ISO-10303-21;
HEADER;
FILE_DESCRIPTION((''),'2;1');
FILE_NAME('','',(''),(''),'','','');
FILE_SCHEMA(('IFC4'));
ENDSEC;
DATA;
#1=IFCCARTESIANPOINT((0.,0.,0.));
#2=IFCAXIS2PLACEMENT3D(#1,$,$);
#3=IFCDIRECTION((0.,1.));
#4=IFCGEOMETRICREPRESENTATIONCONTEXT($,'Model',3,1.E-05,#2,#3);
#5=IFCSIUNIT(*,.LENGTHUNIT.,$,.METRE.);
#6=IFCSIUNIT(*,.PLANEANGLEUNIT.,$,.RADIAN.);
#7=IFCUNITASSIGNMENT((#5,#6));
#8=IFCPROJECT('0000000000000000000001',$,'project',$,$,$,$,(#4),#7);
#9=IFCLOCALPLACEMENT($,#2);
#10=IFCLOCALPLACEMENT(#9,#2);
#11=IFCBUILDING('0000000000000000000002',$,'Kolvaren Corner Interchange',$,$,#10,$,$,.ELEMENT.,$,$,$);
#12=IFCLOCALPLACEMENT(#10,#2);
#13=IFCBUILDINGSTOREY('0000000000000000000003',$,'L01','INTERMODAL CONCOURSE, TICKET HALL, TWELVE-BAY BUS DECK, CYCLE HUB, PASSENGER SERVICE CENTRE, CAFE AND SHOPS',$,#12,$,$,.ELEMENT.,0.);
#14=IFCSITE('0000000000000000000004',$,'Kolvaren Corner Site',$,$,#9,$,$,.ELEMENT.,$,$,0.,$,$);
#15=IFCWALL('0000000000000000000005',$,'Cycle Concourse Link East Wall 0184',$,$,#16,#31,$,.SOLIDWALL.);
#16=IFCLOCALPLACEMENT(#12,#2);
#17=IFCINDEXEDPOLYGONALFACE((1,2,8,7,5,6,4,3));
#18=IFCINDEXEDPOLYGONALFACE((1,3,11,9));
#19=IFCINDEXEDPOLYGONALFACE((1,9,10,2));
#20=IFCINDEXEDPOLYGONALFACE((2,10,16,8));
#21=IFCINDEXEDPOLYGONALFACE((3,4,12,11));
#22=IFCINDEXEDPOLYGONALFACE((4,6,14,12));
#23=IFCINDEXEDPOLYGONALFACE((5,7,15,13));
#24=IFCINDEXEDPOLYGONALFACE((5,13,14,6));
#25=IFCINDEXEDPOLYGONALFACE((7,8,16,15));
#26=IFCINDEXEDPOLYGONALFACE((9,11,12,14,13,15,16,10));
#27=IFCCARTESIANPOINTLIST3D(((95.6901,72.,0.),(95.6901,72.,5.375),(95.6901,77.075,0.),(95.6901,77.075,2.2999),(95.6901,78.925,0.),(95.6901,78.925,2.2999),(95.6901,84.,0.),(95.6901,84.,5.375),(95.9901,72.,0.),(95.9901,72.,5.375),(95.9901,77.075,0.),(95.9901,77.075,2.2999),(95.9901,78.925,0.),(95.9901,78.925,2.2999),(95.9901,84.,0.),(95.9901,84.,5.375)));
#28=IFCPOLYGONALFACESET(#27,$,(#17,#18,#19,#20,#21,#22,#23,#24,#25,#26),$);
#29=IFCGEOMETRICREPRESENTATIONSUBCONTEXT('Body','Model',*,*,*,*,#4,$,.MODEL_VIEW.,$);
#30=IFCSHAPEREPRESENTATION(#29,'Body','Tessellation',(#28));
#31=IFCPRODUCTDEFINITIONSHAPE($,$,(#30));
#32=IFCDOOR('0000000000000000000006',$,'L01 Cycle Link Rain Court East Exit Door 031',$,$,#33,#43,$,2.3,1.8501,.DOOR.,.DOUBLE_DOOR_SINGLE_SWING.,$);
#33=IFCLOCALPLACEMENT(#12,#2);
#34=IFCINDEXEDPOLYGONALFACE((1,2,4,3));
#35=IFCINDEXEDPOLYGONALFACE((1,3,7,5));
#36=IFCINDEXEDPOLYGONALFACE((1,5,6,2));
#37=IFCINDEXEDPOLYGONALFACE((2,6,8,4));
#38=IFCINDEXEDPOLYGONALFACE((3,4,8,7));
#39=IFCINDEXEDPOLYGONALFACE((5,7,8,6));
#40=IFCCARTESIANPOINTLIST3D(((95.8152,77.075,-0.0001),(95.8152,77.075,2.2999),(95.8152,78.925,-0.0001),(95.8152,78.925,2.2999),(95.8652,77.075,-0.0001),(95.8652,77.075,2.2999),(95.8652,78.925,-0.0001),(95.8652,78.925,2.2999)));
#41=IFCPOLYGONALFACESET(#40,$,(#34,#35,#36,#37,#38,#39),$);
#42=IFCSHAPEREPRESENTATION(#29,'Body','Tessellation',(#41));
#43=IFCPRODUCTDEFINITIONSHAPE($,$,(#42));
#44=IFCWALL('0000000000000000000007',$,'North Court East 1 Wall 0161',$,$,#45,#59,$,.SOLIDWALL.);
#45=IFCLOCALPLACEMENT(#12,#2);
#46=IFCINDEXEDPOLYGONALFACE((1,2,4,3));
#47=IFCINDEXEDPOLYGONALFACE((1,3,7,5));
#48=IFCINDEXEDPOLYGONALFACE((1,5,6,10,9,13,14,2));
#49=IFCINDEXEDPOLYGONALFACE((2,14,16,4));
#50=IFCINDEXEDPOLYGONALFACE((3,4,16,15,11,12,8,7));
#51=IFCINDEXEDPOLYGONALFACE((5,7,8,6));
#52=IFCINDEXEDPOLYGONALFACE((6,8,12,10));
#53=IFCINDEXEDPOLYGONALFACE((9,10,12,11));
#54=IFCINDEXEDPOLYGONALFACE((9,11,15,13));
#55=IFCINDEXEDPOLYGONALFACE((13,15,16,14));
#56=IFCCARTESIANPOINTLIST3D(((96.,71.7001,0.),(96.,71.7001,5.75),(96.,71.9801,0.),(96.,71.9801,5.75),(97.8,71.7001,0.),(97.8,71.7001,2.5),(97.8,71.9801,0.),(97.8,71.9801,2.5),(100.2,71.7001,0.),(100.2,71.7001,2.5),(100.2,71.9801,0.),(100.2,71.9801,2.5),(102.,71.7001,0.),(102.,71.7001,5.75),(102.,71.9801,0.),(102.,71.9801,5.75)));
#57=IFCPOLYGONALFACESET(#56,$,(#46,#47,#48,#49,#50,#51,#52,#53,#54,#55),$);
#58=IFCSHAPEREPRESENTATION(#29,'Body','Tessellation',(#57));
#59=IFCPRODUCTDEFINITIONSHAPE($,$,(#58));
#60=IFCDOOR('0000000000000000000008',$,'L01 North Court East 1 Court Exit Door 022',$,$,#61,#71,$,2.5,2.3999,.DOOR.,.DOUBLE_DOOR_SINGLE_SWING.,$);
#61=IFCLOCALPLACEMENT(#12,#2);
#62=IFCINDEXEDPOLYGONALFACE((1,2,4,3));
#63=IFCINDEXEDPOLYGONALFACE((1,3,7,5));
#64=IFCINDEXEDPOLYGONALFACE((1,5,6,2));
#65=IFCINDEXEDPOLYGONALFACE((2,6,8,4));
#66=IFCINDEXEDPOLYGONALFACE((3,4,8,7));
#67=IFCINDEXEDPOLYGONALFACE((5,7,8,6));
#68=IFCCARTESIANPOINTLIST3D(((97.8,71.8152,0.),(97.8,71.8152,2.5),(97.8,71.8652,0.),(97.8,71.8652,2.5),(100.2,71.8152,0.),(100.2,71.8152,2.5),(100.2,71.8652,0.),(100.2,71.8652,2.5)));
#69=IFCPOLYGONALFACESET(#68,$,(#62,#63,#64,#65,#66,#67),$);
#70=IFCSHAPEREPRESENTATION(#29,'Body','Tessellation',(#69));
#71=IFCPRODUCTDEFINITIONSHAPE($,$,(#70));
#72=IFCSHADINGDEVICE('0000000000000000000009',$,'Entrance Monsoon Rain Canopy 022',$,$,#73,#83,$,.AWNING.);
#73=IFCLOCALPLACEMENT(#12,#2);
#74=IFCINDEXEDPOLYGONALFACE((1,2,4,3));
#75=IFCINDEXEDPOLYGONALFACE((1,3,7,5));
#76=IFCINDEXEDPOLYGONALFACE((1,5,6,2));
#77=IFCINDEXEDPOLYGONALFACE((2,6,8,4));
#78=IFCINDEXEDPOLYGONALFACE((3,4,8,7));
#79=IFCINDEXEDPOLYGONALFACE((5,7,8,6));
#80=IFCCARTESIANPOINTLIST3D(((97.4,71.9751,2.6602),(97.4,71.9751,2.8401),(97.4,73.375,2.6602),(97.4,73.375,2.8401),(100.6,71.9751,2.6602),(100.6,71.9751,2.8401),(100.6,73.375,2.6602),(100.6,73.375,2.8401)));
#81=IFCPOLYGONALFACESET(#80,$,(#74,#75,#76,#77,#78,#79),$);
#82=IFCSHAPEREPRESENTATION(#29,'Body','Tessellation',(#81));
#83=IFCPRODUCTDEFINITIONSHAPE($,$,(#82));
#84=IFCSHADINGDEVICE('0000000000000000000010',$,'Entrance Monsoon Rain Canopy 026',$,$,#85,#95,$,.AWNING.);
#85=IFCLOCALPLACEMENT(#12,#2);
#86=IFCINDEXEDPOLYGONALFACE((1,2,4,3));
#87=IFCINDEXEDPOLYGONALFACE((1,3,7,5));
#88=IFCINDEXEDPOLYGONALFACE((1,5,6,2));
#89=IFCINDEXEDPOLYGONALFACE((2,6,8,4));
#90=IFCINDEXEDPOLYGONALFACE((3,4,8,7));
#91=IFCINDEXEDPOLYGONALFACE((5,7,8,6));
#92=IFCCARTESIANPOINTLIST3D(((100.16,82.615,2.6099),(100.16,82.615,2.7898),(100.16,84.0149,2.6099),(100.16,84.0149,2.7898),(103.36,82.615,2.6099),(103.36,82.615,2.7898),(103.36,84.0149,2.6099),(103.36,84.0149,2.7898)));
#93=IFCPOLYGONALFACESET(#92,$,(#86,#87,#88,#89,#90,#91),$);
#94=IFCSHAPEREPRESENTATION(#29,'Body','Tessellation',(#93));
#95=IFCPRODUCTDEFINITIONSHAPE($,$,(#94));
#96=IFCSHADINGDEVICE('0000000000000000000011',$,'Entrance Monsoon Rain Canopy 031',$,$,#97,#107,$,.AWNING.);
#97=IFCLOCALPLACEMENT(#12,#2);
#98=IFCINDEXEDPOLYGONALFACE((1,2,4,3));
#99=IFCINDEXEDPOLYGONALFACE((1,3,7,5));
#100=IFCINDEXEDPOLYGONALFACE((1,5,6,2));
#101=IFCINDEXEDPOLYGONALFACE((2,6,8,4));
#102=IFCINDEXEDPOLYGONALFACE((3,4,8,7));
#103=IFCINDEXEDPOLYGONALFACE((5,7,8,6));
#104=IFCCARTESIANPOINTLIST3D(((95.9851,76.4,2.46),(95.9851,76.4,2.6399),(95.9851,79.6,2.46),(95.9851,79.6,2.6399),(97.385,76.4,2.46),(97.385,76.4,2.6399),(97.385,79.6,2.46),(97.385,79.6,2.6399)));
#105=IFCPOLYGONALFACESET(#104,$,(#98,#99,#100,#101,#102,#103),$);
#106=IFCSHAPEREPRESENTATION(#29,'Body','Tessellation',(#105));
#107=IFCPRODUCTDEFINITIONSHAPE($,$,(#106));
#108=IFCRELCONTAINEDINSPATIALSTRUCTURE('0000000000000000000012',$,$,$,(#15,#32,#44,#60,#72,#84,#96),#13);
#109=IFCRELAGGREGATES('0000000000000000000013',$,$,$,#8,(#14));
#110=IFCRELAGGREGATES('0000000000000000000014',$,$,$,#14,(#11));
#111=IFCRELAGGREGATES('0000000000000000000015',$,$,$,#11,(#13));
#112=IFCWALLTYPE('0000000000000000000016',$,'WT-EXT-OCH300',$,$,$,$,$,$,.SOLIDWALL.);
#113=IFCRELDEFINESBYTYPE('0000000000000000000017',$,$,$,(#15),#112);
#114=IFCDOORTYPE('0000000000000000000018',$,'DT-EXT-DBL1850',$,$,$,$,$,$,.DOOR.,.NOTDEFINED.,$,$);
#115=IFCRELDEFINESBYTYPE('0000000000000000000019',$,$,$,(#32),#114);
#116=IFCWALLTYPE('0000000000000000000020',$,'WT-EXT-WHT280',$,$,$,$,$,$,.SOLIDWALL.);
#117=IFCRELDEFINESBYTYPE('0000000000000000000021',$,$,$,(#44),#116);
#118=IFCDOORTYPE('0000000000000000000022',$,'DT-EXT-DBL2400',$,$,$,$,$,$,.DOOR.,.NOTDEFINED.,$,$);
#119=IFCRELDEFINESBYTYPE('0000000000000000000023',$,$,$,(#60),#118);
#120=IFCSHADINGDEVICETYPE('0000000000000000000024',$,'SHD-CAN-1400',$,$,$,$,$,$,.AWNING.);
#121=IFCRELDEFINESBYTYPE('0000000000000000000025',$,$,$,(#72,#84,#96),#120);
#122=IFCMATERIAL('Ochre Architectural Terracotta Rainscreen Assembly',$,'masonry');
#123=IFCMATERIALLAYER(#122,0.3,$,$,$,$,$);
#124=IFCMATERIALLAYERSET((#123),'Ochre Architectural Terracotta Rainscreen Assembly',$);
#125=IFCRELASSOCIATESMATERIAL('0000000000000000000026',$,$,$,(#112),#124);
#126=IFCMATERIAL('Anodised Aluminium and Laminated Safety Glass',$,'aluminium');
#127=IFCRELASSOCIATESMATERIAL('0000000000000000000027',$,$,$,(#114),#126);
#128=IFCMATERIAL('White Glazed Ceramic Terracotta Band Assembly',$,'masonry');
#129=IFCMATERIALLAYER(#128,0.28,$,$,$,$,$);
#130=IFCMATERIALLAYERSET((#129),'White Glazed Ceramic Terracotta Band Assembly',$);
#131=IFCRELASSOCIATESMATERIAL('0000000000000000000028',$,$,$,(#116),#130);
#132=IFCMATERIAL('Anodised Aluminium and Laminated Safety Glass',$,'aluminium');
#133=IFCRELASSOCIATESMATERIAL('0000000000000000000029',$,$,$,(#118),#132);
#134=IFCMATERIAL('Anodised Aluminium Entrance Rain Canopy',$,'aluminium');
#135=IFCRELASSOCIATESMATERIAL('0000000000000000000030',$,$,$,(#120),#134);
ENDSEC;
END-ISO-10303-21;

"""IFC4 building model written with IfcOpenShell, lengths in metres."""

from ifc_helpers import new_model, si_unit, direction, frame, frame_2d, origin, origin_2d, place, context, subcontext, project, spatial, rectangle, extrude, material, layer, layer_set, type_object, element, fill, save


model = new_model("IFC4")

# Units and contexts
model_context = context("Model", 3, precision=1e-05, world=origin(), true_north=direction((0.0, 1.0)))
body_context = subcontext(model_context, "Body", "Model", "MODEL_VIEW")
ifc_project = project(units=[si_unit("LENGTHUNIT", "METRE"), si_unit("PLANEANGLEUNIT", "RADIAN")], contexts=[model_context])

# Site, building, storey
site_placement = place(None, origin())
site = spatial("IfcSite", under=ifc_project, at=site_placement, Name="Kolvaren Corner Site", CompositionType="ELEMENT", RefElevation=0.0)
building_placement = place(site_placement, origin())
building = spatial("IfcBuilding", under=site, at=building_placement, Name="Kolvaren Corner Interchange", CompositionType="ELEMENT")
storey_placement = place(building_placement, origin())
storey = spatial("IfcBuildingStorey", under=building, at=storey_placement, Name="L01", Description="INTERMODAL CONCOURSE, TICKET HALL, TWELVE-BAY BUS DECK, CYCLE HUB, PASSENGER SERVICE CENTRE, CAFE AND SHOPS", CompositionType="ELEMENT", Elevation=0.0)

# Shared definitions
ifc_material_1 = material(Name="Ochre Architectural Terracotta Rainscreen Assembly", Category="masonry")
ifc_layer_1 = layer(ifc_material_1, 0.3)
ifc_layer_set_1 = layer_set([ifc_layer_1], Name="Ochre Architectural Terracotta Rainscreen Assembly")
wall_type_1 = type_object("IfcWallType", Name="WT-EXT-OCH300", PredefinedType="SOLIDWALL", material=ifc_layer_set_1)

# Walls, openings, doors
wall_1_placement = place(storey_placement, frame((95.8401, 72.0, 0.0), z_axis=(0.0, 0.0, 1.0), x_axis=(0.0, 1.0, 0.0)))
wall_1 = element("IfcWall", 1, at=wall_1_placement, inside=storey, type_object=wall_type_1, Name="Cycle Concourse Link East Wall 0184", PredefinedType="SOLIDWALL", context=body_context, shape_type="SweptSolid", body=[
    extrude(rectangle(XDim=12.0, YDim=0.3, at=frame_2d((6.0, 0.0))), origin(), (0.0, 0.0, 1.0), 5.375),
])
opening_1_placement = place(wall_1_placement, frame((5.075, 0.0, 0.0)))
opening_1 = element("IfcOpeningElement", 2, at=opening_1_placement, cuts=wall_1, PredefinedType="OPENING", context=body_context, shape_type="SweptSolid", body=[
    extrude(rectangle(XDim=1.8501, YDim=2.3, at=frame_2d((0.925, 1.1499))), frame((0.0, 0.1599, 0.0), z_axis=(0.0, -1.0, 0.0), x_axis=(1.0, 0.0, 0.0)), (0.0, 0.0, 1.0), 0.3201),
])
ifc_material_2 = material(Name="Anodised Aluminium and Laminated Safety Glass", Category="aluminium")
door_type_1 = type_object("IfcDoorType", Name="DT-EXT-DBL1850", OperationType="NOTDEFINED", PredefinedType="DOOR", material=ifc_material_2)
door_1_placement = place(opening_1_placement, origin())
door_1 = element("IfcDoor", 3, at=door_1_placement, inside=storey, type_object=door_type_1, Name="L01 Cycle Link Rain Court East Exit Door 031", OperationType="DOUBLE_DOOR_SINGLE_SWING", OverallHeight=2.3, OverallWidth=1.8501, PredefinedType="DOOR", context=body_context, shape_type="SweptSolid", body=[
    extrude(rectangle(XDim=1.8501, YDim=2.3, at=frame_2d((0.925, 1.1499))), frame((0.0, 0.0249, 0.0), z_axis=(0.0, -1.0, 0.0), x_axis=(1.0, 0.0, 0.0)), (0.0, 0.0, 1.0), 0.05),
])
fill(opening_1, door_1)
ifc_material_3 = material(Name="White Glazed Ceramic Terracotta Band Assembly", Category="masonry")
ifc_layer_2 = layer(ifc_material_3, 0.28)
ifc_layer_set_2 = layer_set([ifc_layer_2], Name="White Glazed Ceramic Terracotta Band Assembly")
wall_type_2 = type_object("IfcWallType", Name="WT-EXT-WHT280", PredefinedType="SOLIDWALL", material=ifc_layer_set_2)
wall_2_placement = place(storey_placement, frame((102.0, 71.8401, 0.0), z_axis=(0.0, 0.0, 1.0), x_axis=(-1.0, 0.0, 0.0)))
wall_2 = element("IfcWall", 4, at=wall_2_placement, inside=storey, type_object=wall_type_2, Name="North Court East 1 Wall 0161", PredefinedType="SOLIDWALL", context=body_context, shape_type="SweptSolid", body=[
    extrude(rectangle(XDim=6.0, YDim=0.28, at=frame_2d((3.0, 0.0))), origin(), (0.0, 0.0, 1.0), 5.75),
])
opening_2_placement = place(wall_2_placement, frame((1.8, 0.0, 0.0)))
opening_2 = element("IfcOpeningElement", 5, at=opening_2_placement, cuts=wall_2, PredefinedType="OPENING", context=body_context, shape_type="SweptSolid", body=[
    extrude(rectangle(XDim=2.3999, YDim=2.5, at=frame_2d((1.2, 1.25))), frame((0.0, 0.1499, 0.0), z_axis=(0.0, -1.0, 0.0), x_axis=(1.0, 0.0, 0.0)), (0.0, 0.0, 1.0), 0.3),
])
ifc_material_4 = material(Name="Anodised Aluminium and Laminated Safety Glass", Category="aluminium")
door_type_2 = type_object("IfcDoorType", Name="DT-EXT-DBL2400", OperationType="NOTDEFINED", PredefinedType="DOOR", material=ifc_material_4)
door_2_placement = place(opening_2_placement, origin())
door_2 = element("IfcDoor", 6, at=door_2_placement, inside=storey, type_object=door_type_2, Name="L01 North Court East 1 Court Exit Door 022", OperationType="DOUBLE_DOOR_SINGLE_SWING", OverallHeight=2.5, OverallWidth=2.3999, PredefinedType="DOOR", context=body_context, shape_type="SweptSolid", body=[
    extrude(rectangle(XDim=2.3999, YDim=2.5, at=frame_2d((1.2, 1.25))), frame((0.0, 0.0249, 0.0), z_axis=(0.0, -1.0, 0.0), x_axis=(1.0, 0.0, 0.0)), (0.0, 0.0, 1.0), 0.05),
])
fill(opening_2, door_2)

# Shading devices
ifc_material_5 = material(Name="Anodised Aluminium Entrance Rain Canopy", Category="aluminium")
shading_device_type = type_object("IfcShadingDeviceType", Name="SHD-CAN-1400", PredefinedType="AWNING", material=ifc_material_5)
for number, where, z_axis, x_axis, name in (
    (7, (99.0, 72.675, 2.6602), (0.0, 0.0, 1.0), (-1.0, 0.0, 0.0), "Entrance Monsoon Rain Canopy 022"),
    (8, (101.76, 83.3149, 2.6099), (0.0, 0.0, 1.0), (1.0, 0.0, 0.0), "Entrance Monsoon Rain Canopy 026"),
    (9, (96.6851, 78.0, 2.46), (0.0, 0.0, 1.0), (0.0, 1.0, 0.0), "Entrance Monsoon Rain Canopy 031"),
):
    element("IfcShadingDevice", number, at=place(storey_placement, frame(where, z_axis=z_axis, x_axis=x_axis)), inside=storey, type_object=shading_device_type, Name=name, PredefinedType="AWNING", context=body_context, shape_type="SweptSolid", body=[
        extrude(rectangle(XDim=3.2, YDim=1.3999, at=origin_2d()), origin(), (0.0, 0.0, 1.0), 0.1799),
    ])

save(model, "model.ifc")
